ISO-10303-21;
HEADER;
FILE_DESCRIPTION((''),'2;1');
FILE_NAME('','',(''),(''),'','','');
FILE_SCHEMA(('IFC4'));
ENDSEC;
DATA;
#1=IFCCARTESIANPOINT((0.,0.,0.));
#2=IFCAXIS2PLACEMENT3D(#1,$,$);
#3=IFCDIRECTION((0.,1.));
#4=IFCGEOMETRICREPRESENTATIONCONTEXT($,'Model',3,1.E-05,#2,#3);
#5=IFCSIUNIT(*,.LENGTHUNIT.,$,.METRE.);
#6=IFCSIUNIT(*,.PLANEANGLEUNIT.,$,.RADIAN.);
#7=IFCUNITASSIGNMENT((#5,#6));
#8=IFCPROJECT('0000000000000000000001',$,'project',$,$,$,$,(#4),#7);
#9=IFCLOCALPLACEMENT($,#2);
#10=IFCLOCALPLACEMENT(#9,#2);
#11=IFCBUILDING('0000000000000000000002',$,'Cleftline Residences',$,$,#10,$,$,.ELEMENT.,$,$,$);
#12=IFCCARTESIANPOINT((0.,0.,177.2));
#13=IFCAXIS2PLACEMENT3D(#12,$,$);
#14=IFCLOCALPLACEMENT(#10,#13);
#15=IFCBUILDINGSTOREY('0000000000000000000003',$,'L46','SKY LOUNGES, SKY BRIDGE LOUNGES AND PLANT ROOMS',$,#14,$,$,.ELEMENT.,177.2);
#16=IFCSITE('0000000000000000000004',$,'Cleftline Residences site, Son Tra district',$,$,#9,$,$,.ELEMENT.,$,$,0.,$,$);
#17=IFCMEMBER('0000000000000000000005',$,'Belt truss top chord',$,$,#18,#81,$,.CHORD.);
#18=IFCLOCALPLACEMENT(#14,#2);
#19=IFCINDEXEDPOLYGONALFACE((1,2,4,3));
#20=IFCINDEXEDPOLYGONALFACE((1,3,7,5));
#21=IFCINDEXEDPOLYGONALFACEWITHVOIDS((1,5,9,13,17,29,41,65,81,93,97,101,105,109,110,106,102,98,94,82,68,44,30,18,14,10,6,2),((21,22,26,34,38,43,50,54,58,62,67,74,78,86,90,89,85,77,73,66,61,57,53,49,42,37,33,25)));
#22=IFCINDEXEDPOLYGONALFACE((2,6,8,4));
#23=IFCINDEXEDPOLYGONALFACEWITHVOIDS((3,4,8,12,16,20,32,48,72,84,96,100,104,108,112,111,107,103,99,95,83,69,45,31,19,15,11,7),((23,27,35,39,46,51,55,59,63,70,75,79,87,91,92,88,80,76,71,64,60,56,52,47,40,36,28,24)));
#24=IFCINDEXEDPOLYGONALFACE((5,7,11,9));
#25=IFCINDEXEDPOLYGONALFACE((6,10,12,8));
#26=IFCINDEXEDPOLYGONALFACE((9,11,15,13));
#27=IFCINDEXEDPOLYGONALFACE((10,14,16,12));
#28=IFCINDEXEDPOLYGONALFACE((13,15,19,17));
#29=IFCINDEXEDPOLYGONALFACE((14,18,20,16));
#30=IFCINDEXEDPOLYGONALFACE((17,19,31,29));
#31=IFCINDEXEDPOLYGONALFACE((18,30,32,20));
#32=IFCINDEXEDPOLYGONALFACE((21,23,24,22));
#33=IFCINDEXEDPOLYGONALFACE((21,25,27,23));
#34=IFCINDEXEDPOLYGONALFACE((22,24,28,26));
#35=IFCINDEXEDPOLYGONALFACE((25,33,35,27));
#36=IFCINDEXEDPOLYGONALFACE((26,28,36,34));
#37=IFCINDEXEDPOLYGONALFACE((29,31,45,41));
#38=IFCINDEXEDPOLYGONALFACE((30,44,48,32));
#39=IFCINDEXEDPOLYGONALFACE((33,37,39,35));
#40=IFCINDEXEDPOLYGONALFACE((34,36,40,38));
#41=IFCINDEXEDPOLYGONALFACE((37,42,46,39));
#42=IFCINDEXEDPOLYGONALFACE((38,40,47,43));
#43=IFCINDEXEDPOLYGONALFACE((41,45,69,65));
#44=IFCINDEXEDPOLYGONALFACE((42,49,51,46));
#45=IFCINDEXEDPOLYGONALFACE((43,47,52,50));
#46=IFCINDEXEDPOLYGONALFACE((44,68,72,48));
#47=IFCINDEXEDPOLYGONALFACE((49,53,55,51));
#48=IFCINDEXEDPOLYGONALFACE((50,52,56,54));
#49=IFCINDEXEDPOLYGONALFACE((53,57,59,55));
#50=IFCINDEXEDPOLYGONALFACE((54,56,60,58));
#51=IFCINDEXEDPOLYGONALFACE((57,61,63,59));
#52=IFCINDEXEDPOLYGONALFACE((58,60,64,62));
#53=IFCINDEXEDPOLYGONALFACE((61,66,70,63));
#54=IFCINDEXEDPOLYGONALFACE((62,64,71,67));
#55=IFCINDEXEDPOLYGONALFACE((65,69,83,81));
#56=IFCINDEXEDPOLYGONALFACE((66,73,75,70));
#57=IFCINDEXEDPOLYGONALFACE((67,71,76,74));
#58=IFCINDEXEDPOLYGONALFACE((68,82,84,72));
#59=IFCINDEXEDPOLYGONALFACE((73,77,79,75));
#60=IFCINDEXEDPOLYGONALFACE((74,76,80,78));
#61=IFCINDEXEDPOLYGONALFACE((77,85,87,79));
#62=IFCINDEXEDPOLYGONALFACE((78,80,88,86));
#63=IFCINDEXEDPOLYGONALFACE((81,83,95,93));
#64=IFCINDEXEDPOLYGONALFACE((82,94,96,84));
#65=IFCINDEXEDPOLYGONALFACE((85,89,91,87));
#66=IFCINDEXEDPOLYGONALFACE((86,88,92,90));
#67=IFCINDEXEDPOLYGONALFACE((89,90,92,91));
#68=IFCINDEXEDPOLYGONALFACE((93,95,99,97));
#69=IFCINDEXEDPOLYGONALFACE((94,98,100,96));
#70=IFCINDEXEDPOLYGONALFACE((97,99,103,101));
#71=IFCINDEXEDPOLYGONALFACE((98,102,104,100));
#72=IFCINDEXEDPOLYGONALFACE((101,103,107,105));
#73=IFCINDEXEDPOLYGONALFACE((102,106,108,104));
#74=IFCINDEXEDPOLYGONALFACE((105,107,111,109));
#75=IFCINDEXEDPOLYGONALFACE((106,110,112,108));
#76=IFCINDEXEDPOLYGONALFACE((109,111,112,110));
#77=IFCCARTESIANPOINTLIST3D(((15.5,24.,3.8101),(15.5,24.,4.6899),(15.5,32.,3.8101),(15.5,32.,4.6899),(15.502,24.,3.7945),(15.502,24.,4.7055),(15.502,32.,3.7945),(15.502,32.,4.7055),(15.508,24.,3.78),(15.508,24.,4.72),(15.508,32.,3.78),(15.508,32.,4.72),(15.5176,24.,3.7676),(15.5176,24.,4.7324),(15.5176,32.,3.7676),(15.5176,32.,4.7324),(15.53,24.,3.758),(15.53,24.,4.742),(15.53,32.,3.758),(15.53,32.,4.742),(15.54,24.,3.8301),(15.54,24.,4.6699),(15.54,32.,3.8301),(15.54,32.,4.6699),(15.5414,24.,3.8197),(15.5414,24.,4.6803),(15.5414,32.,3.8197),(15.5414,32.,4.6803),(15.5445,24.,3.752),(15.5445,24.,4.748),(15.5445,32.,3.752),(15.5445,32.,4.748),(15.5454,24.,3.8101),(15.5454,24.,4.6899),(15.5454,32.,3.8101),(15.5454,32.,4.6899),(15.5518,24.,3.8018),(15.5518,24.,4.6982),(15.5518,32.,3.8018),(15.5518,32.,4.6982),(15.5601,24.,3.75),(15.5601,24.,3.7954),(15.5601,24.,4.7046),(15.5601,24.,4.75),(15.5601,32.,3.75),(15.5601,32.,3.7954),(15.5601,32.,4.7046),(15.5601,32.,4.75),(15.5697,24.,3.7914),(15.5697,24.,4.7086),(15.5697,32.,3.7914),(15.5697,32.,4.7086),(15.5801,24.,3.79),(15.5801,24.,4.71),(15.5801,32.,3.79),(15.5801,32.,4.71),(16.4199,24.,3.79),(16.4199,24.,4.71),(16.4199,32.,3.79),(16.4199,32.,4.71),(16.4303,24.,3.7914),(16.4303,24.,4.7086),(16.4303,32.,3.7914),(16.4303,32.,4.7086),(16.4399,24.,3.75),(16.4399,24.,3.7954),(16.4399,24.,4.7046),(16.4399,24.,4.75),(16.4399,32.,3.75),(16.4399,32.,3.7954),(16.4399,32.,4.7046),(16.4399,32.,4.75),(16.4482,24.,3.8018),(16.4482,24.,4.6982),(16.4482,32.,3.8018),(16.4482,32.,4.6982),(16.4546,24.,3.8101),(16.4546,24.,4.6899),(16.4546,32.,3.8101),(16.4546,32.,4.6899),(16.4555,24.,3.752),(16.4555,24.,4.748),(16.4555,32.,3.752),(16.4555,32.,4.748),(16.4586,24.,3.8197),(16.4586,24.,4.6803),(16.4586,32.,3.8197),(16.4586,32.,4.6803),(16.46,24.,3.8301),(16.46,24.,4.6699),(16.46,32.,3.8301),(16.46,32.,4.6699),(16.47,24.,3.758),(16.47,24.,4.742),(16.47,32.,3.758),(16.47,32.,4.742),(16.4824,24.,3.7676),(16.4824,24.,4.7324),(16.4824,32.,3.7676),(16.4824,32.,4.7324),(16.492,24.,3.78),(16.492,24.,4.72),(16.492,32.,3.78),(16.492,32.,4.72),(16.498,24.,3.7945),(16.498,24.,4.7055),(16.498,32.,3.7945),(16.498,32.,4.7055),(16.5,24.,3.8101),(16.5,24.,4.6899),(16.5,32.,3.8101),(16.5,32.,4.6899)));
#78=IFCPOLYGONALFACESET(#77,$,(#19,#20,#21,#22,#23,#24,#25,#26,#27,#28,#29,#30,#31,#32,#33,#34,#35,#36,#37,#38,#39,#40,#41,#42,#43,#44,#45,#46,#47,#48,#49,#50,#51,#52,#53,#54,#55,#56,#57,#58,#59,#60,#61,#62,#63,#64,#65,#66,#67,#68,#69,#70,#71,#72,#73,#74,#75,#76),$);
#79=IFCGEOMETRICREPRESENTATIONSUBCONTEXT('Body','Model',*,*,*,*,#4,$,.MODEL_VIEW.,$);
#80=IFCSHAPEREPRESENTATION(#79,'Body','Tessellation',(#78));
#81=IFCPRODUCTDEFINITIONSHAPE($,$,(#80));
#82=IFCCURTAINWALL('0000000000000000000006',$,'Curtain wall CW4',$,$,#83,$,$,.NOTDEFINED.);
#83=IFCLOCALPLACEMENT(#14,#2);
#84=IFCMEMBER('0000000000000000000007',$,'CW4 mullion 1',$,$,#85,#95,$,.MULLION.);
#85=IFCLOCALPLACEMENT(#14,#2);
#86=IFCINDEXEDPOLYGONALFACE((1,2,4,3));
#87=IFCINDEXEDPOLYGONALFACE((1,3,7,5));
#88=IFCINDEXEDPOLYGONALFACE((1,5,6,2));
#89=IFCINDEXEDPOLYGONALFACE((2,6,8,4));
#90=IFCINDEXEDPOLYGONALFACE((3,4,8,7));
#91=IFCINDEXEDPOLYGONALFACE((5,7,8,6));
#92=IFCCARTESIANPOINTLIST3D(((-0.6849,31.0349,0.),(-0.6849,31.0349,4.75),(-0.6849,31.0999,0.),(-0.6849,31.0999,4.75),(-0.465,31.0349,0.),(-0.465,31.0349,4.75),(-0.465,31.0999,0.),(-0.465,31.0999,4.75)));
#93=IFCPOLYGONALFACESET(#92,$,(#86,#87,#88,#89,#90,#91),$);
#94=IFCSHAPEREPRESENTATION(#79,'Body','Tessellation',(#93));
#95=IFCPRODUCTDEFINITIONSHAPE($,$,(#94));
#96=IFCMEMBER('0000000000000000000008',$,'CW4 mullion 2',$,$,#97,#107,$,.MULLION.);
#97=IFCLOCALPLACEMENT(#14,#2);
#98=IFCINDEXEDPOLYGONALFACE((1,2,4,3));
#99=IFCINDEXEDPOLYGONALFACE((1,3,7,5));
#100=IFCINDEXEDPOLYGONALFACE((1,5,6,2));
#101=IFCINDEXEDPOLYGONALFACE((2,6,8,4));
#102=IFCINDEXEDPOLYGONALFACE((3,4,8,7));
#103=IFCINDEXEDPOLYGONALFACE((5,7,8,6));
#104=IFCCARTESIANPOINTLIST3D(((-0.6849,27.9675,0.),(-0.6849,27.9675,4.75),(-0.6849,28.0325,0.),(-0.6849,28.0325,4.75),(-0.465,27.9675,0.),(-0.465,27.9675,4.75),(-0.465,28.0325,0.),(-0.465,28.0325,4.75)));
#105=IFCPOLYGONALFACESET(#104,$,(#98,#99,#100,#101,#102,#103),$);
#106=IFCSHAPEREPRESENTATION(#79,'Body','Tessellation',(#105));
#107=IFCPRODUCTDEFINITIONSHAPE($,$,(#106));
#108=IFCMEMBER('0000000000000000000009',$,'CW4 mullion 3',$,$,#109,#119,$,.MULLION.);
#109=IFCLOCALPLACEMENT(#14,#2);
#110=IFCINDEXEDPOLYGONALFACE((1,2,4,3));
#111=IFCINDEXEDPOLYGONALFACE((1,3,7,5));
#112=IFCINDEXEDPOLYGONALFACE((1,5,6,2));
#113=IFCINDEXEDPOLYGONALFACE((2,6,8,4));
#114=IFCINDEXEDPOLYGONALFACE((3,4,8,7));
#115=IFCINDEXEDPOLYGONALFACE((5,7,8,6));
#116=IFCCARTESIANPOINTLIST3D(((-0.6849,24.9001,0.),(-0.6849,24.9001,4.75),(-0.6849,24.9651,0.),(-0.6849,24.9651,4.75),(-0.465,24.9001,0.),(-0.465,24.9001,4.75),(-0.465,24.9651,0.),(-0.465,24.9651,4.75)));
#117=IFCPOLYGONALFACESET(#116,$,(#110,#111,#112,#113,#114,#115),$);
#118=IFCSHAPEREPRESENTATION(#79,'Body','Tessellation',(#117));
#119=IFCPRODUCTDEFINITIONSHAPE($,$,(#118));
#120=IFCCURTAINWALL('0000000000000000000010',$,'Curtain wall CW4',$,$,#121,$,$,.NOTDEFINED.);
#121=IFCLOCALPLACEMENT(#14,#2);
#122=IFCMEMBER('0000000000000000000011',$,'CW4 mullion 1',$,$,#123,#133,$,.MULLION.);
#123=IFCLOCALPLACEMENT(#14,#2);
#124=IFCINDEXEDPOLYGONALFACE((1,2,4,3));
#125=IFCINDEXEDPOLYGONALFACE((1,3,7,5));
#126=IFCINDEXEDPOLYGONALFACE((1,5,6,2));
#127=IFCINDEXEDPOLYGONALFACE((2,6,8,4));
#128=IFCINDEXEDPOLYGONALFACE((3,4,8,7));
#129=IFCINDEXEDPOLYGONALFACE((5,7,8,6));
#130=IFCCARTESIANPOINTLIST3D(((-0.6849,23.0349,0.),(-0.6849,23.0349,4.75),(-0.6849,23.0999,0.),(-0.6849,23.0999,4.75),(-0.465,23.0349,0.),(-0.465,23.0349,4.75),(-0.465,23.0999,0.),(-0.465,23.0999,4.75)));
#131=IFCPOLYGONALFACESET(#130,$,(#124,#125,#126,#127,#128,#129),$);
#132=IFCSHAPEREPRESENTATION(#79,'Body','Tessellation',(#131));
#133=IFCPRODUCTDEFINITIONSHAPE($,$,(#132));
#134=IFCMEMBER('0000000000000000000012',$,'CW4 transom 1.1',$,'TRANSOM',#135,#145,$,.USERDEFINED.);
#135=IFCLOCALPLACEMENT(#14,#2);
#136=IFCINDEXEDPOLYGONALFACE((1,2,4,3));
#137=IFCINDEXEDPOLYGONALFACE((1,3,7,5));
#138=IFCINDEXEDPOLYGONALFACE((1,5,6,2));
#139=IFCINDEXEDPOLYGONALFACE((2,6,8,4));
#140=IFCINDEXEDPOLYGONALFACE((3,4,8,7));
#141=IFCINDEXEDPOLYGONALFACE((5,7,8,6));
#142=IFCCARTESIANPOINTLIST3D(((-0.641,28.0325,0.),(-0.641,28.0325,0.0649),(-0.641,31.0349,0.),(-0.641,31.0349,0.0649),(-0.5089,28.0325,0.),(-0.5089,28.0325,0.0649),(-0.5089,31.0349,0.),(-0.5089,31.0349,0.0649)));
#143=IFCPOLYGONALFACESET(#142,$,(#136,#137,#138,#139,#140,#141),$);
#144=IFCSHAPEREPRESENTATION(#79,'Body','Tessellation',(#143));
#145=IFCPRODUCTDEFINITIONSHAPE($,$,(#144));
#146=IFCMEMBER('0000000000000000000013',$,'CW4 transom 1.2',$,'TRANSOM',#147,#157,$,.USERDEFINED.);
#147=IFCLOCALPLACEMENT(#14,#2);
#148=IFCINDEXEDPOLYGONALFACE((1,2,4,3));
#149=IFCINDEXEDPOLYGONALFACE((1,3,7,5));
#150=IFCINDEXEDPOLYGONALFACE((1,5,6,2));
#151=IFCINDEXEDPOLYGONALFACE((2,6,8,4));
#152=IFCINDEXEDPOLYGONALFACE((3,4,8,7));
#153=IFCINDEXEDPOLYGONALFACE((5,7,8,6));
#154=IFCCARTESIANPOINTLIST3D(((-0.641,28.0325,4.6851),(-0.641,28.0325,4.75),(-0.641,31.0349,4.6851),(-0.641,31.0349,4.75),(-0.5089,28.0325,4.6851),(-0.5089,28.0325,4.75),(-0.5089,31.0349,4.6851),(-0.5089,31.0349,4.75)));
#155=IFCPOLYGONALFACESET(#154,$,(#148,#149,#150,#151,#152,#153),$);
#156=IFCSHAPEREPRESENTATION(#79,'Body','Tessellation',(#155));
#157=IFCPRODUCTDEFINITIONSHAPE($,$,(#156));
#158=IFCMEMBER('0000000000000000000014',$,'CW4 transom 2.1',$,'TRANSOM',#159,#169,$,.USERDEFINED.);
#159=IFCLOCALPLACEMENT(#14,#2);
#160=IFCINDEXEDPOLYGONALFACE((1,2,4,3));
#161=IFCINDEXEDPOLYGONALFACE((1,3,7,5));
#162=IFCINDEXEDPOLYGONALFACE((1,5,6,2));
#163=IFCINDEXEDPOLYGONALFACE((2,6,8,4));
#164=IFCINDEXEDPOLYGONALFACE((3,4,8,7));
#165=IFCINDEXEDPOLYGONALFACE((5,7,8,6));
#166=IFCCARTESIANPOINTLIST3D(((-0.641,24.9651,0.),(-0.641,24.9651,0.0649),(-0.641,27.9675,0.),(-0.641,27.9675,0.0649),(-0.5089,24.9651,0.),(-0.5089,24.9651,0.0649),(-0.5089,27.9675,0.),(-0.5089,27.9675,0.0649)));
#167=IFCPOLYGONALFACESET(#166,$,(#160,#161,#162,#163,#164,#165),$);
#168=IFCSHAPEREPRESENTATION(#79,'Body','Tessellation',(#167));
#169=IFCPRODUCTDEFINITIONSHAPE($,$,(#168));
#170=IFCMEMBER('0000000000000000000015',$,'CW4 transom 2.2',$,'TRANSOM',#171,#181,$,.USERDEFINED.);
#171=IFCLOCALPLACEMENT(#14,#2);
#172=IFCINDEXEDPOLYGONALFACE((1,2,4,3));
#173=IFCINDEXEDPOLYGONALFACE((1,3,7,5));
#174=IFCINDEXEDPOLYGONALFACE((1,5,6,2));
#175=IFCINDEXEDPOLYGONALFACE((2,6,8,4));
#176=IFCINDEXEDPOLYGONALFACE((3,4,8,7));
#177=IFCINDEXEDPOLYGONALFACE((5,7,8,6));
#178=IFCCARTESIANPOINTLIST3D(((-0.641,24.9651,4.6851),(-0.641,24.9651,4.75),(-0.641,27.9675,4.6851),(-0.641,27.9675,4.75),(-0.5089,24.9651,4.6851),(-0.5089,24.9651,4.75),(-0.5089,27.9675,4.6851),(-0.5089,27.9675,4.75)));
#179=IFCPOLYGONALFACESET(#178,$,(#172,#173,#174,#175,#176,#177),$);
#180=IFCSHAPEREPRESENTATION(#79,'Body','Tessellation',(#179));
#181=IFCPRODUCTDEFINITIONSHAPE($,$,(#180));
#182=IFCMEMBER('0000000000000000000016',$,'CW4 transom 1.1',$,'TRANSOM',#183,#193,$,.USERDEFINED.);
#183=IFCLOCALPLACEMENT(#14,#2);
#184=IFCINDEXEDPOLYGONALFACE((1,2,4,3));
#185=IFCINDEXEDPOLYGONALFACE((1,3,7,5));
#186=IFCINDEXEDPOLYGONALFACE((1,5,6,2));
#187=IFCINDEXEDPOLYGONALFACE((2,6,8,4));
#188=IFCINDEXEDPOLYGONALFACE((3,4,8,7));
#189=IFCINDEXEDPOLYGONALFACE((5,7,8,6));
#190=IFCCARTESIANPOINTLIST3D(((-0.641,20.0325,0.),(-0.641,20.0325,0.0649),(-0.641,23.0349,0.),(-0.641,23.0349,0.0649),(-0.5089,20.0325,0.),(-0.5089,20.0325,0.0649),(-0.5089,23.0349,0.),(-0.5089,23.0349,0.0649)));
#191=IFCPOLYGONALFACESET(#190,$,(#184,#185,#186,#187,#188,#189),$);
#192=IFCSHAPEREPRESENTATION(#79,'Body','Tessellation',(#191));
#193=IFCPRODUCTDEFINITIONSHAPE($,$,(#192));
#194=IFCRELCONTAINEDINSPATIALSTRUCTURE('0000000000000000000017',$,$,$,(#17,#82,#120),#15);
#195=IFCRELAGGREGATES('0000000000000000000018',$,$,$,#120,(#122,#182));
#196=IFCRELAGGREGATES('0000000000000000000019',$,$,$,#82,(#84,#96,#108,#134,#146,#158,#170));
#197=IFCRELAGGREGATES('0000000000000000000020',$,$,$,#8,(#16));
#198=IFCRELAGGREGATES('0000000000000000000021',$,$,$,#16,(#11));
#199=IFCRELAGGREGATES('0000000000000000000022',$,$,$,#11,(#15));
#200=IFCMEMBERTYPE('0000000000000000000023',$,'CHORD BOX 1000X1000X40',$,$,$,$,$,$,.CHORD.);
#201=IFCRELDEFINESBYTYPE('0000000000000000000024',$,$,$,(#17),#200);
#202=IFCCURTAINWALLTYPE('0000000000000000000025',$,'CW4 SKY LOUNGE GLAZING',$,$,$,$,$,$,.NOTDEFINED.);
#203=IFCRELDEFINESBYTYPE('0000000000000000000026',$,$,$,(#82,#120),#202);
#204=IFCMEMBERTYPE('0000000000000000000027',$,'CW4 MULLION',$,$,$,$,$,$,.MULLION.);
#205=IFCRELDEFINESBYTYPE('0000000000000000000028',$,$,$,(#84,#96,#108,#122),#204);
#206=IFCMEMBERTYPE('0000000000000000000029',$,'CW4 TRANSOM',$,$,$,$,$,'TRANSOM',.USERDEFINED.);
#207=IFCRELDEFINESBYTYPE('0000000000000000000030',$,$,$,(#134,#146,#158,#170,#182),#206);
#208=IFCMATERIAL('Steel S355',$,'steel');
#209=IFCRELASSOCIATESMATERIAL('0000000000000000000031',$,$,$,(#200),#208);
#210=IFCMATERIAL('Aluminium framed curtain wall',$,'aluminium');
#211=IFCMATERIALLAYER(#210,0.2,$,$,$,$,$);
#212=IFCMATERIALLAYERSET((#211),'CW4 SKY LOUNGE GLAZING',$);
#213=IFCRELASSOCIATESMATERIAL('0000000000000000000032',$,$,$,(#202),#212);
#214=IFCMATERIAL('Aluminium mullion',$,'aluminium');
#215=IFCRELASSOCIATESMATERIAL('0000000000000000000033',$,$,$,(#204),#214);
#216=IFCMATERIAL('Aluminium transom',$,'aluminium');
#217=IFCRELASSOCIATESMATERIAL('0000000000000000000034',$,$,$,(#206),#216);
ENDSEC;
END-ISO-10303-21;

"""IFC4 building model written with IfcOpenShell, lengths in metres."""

from ifc_helpers import new_model, si_unit, direction, frame, origin, origin_2d, place, context, subcontext, project, spatial, rectangle, hollow_rectangle, extrude, material, layer, layer_set, material_profile, profile_set, type_object, element, aggregate, save


model = new_model("IFC4")

# Units and contexts
model_context = context("Model", 3, precision=1e-05, world=origin(), true_north=direction((0.0, 1.0)))
body_context = subcontext(model_context, "Body", "Model", "MODEL_VIEW")
ifc_project = project(units=[si_unit("LENGTHUNIT", "METRE"), si_unit("PLANEANGLEUNIT", "RADIAN")], contexts=[model_context])

# Site, building, storey
site_placement = place(None, origin())
site = spatial("IfcSite", under=ifc_project, at=site_placement, Name="Cleftline Residences site, Son Tra district", CompositionType="ELEMENT", RefElevation=0.0)
building_placement = place(site_placement, origin())
building = spatial("IfcBuilding", under=site, at=building_placement, Name="Cleftline Residences", CompositionType="ELEMENT")
storey_placement = place(building_placement, frame((0.0, 0.0, 177.2)))
storey = spatial("IfcBuildingStorey", under=building, at=storey_placement, Name="L46", Description="SKY LOUNGES, SKY BRIDGE LOUNGES AND PLANT ROOMS", CompositionType="ELEMENT", Elevation=177.2)

# Member
ifc_material_1 = material(Name="Steel S355", Category="steel")
ifc_material_profile_1 = material_profile(ifc_material_1, hollow_rectangle(XDim=1.0, YDim=1.0, WallThickness=0.04, InnerFilletRadius=0.04, OuterFilletRadius=0.0601, at=origin_2d()))
ifc_profile_set_1 = profile_set([ifc_material_profile_1], Name="Steel S355")
member_type_1 = type_object("IfcMemberType", Name="CHORD BOX 1000X1000X40", PredefinedType="CHORD", material=ifc_profile_set_1)
for number, where, z_axis, x_axis, name in (
    (1, (16.0, 24.0, 4.25), (0.0, 1.0, 0.0), (-1.0, 0.0, 0.0), "Belt truss top chord"),
):
    element("IfcMember", number, at=place(storey_placement, frame(where, z_axis=z_axis, x_axis=x_axis)), inside=storey, type_object=member_type_1, Name=name, PredefinedType="CHORD", context=body_context, shape_type="SweptSolid", body=[
        extrude(hollow_rectangle(XDim=1.0, YDim=1.0, WallThickness=0.04, InnerFilletRadius=0.04, OuterFilletRadius=0.0601, at=origin_2d()), origin(), (0.0, 0.0, 1.0), 8.0),
    ])

# Curtain wall, members
ifc_material_2 = material(Name="Aluminium framed curtain wall", Category="aluminium")
ifc_layer_1 = layer(ifc_material_2, 0.2)
ifc_layer_set_1 = layer_set([ifc_layer_1], Name="CW4 SKY LOUNGE GLAZING")
curtain_wall_type = type_object("IfcCurtainWallType", Name="CW4 SKY LOUNGE GLAZING", PredefinedType="NOTDEFINED", material=ifc_layer_set_1)
curtain_wall_1_placement = place(storey_placement, origin())
curtain_wall_1 = element("IfcCurtainWall", 2, at=curtain_wall_1_placement, inside=storey, type_object=curtain_wall_type, Name="Curtain wall CW4", PredefinedType="NOTDEFINED")
ifc_material_3 = material(Name="Aluminium mullion", Category="aluminium")
ifc_material_profile_2 = material_profile(ifc_material_3, rectangle(XDim=0.22, YDim=0.0649, at=origin_2d()))
ifc_profile_set_2 = profile_set([ifc_material_profile_2], Name="Aluminium mullion")
member_type_2 = type_object("IfcMemberType", Name="CW4 MULLION", PredefinedType="MULLION", material=ifc_profile_set_2)
member_1_placement = place(storey_placement, frame((-0.575, 31.0674, 0.0), z_axis=(0.0, 0.0, 1.0), x_axis=(1.0, 0.0, 0.0)))
member_1 = element("IfcMember", 3, at=member_1_placement, type_object=member_type_2, Name="CW4 mullion 1", PredefinedType="MULLION", context=body_context, shape_type="SweptSolid", body=[
    extrude(rectangle(XDim=0.22, YDim=0.0649, at=origin_2d()), origin(), (0.0, 0.0, 1.0), 4.75),
])
member_2_placement = place(storey_placement, frame((-0.575, 28.0, 0.0), z_axis=(0.0, 0.0, 1.0), x_axis=(1.0, 0.0, 0.0)))
member_2 = element("IfcMember", 4, at=member_2_placement, type_object=member_type_2, Name="CW4 mullion 2", PredefinedType="MULLION", context=body_context, shape_type="SweptSolid", body=[
    extrude(rectangle(XDim=0.22, YDim=0.0649, at=origin_2d()), origin(), (0.0, 0.0, 1.0), 4.75),
])
member_3_placement = place(storey_placement, frame((-0.575, 24.9326, 0.0), z_axis=(0.0, 0.0, 1.0), x_axis=(1.0, 0.0, 0.0)))
member_3 = element("IfcMember", 5, at=member_3_placement, type_object=member_type_2, Name="CW4 mullion 3", PredefinedType="MULLION", context=body_context, shape_type="SweptSolid", body=[
    extrude(rectangle(XDim=0.22, YDim=0.0649, at=origin_2d()), origin(), (0.0, 0.0, 1.0), 4.75),
])

# Curtain wall, member
curtain_wall_2_placement = place(storey_placement, origin())
curtain_wall_2 = element("IfcCurtainWall", 6, at=curtain_wall_2_placement, inside=storey, type_object=curtain_wall_type, Name="Curtain wall CW4", PredefinedType="NOTDEFINED")
member_4_placement = place(storey_placement, frame((-0.575, 23.0674, 0.0), z_axis=(0.0, 0.0, 1.0), x_axis=(1.0, 0.0, 0.0)))
member_4 = element("IfcMember", 7, at=member_4_placement, type_object=member_type_2, Name="CW4 mullion 1", PredefinedType="MULLION", context=body_context, shape_type="SweptSolid", body=[
    extrude(rectangle(XDim=0.22, YDim=0.0649, at=origin_2d()), origin(), (0.0, 0.0, 1.0), 4.75),
])

# Members
ifc_material_4 = material(Name="Aluminium transom", Category="aluminium")
ifc_material_profile_3 = material_profile(ifc_material_4, rectangle(XDim=0.1321, YDim=0.0649, at=origin_2d()))
ifc_profile_set_3 = profile_set([ifc_material_profile_3], Name="Aluminium transom")
member_type_3 = type_object("IfcMemberType", Name="CW4 TRANSOM", ElementType="TRANSOM", PredefinedType="USERDEFINED", material=ifc_profile_set_3)
member_5_placement = place(storey_placement, frame((-0.575, 31.0349, 0.0325), z_axis=(0.0, -1.0, 0.0), x_axis=(1.0, 0.0, 0.0)))
member_5 = element("IfcMember", 8, at=member_5_placement, type_object=member_type_3, Name="CW4 transom 1.1", ObjectType="TRANSOM", PredefinedType="USERDEFINED", context=body_context, shape_type="SweptSolid", body=[
    extrude(rectangle(XDim=0.1321, YDim=0.0649, at=origin_2d()), origin(), (0.0, 0.0, 1.0), 3.0024),
])
member_6_placement = place(storey_placement, frame((-0.575, 31.0349, 4.7175), z_axis=(0.0, -1.0, 0.0), x_axis=(1.0, 0.0, 0.0)))
member_6 = element("IfcMember", 9, at=member_6_placement, type_object=member_type_3, Name="CW4 transom 1.2", ObjectType="TRANSOM", PredefinedType="USERDEFINED", context=body_context, shape_type="SweptSolid", body=[
    extrude(rectangle(XDim=0.1321, YDim=0.0649, at=origin_2d()), origin(), (0.0, 0.0, 1.0), 3.0024),
])
member_7_placement = place(storey_placement, frame((-0.575, 27.9675, 0.0325), z_axis=(0.0, -1.0, 0.0), x_axis=(1.0, 0.0, 0.0)))
member_7 = element("IfcMember", 10, at=member_7_placement, type_object=member_type_3, Name="CW4 transom 2.1", ObjectType="TRANSOM", PredefinedType="USERDEFINED", context=body_context, shape_type="SweptSolid", body=[
    extrude(rectangle(XDim=0.1321, YDim=0.0649, at=origin_2d()), origin(), (0.0, 0.0, 1.0), 3.0024),
])
member_8_placement = place(storey_placement, frame((-0.575, 27.9675, 4.7175), z_axis=(0.0, -1.0, 0.0), x_axis=(1.0, 0.0, 0.0)))
member_8 = element("IfcMember", 11, at=member_8_placement, type_object=member_type_3, Name="CW4 transom 2.2", ObjectType="TRANSOM", PredefinedType="USERDEFINED", context=body_context, shape_type="SweptSolid", body=[
    extrude(rectangle(XDim=0.1321, YDim=0.0649, at=origin_2d()), origin(), (0.0, 0.0, 1.0), 3.0024),
])
member_9_placement = place(storey_placement, frame((-0.575, 23.0349, 0.0325), z_axis=(0.0, -1.0, 0.0), x_axis=(1.0, 0.0, 0.0)))
member_9 = element("IfcMember", 12, at=member_9_placement, type_object=member_type_3, Name="CW4 transom 1.1", ObjectType="TRANSOM", PredefinedType="USERDEFINED", context=body_context, shape_type="SweptSolid", body=[
    extrude(rectangle(XDim=0.1321, YDim=0.0649, at=origin_2d()), origin(), (0.0, 0.0, 1.0), 3.0024),
])
aggregate(curtain_wall_2, [member_4, member_9])

aggregate(curtain_wall_1, [member_1, member_2, member_3, member_5, member_6, member_7, member_8])

save(model, "model.ifc")
